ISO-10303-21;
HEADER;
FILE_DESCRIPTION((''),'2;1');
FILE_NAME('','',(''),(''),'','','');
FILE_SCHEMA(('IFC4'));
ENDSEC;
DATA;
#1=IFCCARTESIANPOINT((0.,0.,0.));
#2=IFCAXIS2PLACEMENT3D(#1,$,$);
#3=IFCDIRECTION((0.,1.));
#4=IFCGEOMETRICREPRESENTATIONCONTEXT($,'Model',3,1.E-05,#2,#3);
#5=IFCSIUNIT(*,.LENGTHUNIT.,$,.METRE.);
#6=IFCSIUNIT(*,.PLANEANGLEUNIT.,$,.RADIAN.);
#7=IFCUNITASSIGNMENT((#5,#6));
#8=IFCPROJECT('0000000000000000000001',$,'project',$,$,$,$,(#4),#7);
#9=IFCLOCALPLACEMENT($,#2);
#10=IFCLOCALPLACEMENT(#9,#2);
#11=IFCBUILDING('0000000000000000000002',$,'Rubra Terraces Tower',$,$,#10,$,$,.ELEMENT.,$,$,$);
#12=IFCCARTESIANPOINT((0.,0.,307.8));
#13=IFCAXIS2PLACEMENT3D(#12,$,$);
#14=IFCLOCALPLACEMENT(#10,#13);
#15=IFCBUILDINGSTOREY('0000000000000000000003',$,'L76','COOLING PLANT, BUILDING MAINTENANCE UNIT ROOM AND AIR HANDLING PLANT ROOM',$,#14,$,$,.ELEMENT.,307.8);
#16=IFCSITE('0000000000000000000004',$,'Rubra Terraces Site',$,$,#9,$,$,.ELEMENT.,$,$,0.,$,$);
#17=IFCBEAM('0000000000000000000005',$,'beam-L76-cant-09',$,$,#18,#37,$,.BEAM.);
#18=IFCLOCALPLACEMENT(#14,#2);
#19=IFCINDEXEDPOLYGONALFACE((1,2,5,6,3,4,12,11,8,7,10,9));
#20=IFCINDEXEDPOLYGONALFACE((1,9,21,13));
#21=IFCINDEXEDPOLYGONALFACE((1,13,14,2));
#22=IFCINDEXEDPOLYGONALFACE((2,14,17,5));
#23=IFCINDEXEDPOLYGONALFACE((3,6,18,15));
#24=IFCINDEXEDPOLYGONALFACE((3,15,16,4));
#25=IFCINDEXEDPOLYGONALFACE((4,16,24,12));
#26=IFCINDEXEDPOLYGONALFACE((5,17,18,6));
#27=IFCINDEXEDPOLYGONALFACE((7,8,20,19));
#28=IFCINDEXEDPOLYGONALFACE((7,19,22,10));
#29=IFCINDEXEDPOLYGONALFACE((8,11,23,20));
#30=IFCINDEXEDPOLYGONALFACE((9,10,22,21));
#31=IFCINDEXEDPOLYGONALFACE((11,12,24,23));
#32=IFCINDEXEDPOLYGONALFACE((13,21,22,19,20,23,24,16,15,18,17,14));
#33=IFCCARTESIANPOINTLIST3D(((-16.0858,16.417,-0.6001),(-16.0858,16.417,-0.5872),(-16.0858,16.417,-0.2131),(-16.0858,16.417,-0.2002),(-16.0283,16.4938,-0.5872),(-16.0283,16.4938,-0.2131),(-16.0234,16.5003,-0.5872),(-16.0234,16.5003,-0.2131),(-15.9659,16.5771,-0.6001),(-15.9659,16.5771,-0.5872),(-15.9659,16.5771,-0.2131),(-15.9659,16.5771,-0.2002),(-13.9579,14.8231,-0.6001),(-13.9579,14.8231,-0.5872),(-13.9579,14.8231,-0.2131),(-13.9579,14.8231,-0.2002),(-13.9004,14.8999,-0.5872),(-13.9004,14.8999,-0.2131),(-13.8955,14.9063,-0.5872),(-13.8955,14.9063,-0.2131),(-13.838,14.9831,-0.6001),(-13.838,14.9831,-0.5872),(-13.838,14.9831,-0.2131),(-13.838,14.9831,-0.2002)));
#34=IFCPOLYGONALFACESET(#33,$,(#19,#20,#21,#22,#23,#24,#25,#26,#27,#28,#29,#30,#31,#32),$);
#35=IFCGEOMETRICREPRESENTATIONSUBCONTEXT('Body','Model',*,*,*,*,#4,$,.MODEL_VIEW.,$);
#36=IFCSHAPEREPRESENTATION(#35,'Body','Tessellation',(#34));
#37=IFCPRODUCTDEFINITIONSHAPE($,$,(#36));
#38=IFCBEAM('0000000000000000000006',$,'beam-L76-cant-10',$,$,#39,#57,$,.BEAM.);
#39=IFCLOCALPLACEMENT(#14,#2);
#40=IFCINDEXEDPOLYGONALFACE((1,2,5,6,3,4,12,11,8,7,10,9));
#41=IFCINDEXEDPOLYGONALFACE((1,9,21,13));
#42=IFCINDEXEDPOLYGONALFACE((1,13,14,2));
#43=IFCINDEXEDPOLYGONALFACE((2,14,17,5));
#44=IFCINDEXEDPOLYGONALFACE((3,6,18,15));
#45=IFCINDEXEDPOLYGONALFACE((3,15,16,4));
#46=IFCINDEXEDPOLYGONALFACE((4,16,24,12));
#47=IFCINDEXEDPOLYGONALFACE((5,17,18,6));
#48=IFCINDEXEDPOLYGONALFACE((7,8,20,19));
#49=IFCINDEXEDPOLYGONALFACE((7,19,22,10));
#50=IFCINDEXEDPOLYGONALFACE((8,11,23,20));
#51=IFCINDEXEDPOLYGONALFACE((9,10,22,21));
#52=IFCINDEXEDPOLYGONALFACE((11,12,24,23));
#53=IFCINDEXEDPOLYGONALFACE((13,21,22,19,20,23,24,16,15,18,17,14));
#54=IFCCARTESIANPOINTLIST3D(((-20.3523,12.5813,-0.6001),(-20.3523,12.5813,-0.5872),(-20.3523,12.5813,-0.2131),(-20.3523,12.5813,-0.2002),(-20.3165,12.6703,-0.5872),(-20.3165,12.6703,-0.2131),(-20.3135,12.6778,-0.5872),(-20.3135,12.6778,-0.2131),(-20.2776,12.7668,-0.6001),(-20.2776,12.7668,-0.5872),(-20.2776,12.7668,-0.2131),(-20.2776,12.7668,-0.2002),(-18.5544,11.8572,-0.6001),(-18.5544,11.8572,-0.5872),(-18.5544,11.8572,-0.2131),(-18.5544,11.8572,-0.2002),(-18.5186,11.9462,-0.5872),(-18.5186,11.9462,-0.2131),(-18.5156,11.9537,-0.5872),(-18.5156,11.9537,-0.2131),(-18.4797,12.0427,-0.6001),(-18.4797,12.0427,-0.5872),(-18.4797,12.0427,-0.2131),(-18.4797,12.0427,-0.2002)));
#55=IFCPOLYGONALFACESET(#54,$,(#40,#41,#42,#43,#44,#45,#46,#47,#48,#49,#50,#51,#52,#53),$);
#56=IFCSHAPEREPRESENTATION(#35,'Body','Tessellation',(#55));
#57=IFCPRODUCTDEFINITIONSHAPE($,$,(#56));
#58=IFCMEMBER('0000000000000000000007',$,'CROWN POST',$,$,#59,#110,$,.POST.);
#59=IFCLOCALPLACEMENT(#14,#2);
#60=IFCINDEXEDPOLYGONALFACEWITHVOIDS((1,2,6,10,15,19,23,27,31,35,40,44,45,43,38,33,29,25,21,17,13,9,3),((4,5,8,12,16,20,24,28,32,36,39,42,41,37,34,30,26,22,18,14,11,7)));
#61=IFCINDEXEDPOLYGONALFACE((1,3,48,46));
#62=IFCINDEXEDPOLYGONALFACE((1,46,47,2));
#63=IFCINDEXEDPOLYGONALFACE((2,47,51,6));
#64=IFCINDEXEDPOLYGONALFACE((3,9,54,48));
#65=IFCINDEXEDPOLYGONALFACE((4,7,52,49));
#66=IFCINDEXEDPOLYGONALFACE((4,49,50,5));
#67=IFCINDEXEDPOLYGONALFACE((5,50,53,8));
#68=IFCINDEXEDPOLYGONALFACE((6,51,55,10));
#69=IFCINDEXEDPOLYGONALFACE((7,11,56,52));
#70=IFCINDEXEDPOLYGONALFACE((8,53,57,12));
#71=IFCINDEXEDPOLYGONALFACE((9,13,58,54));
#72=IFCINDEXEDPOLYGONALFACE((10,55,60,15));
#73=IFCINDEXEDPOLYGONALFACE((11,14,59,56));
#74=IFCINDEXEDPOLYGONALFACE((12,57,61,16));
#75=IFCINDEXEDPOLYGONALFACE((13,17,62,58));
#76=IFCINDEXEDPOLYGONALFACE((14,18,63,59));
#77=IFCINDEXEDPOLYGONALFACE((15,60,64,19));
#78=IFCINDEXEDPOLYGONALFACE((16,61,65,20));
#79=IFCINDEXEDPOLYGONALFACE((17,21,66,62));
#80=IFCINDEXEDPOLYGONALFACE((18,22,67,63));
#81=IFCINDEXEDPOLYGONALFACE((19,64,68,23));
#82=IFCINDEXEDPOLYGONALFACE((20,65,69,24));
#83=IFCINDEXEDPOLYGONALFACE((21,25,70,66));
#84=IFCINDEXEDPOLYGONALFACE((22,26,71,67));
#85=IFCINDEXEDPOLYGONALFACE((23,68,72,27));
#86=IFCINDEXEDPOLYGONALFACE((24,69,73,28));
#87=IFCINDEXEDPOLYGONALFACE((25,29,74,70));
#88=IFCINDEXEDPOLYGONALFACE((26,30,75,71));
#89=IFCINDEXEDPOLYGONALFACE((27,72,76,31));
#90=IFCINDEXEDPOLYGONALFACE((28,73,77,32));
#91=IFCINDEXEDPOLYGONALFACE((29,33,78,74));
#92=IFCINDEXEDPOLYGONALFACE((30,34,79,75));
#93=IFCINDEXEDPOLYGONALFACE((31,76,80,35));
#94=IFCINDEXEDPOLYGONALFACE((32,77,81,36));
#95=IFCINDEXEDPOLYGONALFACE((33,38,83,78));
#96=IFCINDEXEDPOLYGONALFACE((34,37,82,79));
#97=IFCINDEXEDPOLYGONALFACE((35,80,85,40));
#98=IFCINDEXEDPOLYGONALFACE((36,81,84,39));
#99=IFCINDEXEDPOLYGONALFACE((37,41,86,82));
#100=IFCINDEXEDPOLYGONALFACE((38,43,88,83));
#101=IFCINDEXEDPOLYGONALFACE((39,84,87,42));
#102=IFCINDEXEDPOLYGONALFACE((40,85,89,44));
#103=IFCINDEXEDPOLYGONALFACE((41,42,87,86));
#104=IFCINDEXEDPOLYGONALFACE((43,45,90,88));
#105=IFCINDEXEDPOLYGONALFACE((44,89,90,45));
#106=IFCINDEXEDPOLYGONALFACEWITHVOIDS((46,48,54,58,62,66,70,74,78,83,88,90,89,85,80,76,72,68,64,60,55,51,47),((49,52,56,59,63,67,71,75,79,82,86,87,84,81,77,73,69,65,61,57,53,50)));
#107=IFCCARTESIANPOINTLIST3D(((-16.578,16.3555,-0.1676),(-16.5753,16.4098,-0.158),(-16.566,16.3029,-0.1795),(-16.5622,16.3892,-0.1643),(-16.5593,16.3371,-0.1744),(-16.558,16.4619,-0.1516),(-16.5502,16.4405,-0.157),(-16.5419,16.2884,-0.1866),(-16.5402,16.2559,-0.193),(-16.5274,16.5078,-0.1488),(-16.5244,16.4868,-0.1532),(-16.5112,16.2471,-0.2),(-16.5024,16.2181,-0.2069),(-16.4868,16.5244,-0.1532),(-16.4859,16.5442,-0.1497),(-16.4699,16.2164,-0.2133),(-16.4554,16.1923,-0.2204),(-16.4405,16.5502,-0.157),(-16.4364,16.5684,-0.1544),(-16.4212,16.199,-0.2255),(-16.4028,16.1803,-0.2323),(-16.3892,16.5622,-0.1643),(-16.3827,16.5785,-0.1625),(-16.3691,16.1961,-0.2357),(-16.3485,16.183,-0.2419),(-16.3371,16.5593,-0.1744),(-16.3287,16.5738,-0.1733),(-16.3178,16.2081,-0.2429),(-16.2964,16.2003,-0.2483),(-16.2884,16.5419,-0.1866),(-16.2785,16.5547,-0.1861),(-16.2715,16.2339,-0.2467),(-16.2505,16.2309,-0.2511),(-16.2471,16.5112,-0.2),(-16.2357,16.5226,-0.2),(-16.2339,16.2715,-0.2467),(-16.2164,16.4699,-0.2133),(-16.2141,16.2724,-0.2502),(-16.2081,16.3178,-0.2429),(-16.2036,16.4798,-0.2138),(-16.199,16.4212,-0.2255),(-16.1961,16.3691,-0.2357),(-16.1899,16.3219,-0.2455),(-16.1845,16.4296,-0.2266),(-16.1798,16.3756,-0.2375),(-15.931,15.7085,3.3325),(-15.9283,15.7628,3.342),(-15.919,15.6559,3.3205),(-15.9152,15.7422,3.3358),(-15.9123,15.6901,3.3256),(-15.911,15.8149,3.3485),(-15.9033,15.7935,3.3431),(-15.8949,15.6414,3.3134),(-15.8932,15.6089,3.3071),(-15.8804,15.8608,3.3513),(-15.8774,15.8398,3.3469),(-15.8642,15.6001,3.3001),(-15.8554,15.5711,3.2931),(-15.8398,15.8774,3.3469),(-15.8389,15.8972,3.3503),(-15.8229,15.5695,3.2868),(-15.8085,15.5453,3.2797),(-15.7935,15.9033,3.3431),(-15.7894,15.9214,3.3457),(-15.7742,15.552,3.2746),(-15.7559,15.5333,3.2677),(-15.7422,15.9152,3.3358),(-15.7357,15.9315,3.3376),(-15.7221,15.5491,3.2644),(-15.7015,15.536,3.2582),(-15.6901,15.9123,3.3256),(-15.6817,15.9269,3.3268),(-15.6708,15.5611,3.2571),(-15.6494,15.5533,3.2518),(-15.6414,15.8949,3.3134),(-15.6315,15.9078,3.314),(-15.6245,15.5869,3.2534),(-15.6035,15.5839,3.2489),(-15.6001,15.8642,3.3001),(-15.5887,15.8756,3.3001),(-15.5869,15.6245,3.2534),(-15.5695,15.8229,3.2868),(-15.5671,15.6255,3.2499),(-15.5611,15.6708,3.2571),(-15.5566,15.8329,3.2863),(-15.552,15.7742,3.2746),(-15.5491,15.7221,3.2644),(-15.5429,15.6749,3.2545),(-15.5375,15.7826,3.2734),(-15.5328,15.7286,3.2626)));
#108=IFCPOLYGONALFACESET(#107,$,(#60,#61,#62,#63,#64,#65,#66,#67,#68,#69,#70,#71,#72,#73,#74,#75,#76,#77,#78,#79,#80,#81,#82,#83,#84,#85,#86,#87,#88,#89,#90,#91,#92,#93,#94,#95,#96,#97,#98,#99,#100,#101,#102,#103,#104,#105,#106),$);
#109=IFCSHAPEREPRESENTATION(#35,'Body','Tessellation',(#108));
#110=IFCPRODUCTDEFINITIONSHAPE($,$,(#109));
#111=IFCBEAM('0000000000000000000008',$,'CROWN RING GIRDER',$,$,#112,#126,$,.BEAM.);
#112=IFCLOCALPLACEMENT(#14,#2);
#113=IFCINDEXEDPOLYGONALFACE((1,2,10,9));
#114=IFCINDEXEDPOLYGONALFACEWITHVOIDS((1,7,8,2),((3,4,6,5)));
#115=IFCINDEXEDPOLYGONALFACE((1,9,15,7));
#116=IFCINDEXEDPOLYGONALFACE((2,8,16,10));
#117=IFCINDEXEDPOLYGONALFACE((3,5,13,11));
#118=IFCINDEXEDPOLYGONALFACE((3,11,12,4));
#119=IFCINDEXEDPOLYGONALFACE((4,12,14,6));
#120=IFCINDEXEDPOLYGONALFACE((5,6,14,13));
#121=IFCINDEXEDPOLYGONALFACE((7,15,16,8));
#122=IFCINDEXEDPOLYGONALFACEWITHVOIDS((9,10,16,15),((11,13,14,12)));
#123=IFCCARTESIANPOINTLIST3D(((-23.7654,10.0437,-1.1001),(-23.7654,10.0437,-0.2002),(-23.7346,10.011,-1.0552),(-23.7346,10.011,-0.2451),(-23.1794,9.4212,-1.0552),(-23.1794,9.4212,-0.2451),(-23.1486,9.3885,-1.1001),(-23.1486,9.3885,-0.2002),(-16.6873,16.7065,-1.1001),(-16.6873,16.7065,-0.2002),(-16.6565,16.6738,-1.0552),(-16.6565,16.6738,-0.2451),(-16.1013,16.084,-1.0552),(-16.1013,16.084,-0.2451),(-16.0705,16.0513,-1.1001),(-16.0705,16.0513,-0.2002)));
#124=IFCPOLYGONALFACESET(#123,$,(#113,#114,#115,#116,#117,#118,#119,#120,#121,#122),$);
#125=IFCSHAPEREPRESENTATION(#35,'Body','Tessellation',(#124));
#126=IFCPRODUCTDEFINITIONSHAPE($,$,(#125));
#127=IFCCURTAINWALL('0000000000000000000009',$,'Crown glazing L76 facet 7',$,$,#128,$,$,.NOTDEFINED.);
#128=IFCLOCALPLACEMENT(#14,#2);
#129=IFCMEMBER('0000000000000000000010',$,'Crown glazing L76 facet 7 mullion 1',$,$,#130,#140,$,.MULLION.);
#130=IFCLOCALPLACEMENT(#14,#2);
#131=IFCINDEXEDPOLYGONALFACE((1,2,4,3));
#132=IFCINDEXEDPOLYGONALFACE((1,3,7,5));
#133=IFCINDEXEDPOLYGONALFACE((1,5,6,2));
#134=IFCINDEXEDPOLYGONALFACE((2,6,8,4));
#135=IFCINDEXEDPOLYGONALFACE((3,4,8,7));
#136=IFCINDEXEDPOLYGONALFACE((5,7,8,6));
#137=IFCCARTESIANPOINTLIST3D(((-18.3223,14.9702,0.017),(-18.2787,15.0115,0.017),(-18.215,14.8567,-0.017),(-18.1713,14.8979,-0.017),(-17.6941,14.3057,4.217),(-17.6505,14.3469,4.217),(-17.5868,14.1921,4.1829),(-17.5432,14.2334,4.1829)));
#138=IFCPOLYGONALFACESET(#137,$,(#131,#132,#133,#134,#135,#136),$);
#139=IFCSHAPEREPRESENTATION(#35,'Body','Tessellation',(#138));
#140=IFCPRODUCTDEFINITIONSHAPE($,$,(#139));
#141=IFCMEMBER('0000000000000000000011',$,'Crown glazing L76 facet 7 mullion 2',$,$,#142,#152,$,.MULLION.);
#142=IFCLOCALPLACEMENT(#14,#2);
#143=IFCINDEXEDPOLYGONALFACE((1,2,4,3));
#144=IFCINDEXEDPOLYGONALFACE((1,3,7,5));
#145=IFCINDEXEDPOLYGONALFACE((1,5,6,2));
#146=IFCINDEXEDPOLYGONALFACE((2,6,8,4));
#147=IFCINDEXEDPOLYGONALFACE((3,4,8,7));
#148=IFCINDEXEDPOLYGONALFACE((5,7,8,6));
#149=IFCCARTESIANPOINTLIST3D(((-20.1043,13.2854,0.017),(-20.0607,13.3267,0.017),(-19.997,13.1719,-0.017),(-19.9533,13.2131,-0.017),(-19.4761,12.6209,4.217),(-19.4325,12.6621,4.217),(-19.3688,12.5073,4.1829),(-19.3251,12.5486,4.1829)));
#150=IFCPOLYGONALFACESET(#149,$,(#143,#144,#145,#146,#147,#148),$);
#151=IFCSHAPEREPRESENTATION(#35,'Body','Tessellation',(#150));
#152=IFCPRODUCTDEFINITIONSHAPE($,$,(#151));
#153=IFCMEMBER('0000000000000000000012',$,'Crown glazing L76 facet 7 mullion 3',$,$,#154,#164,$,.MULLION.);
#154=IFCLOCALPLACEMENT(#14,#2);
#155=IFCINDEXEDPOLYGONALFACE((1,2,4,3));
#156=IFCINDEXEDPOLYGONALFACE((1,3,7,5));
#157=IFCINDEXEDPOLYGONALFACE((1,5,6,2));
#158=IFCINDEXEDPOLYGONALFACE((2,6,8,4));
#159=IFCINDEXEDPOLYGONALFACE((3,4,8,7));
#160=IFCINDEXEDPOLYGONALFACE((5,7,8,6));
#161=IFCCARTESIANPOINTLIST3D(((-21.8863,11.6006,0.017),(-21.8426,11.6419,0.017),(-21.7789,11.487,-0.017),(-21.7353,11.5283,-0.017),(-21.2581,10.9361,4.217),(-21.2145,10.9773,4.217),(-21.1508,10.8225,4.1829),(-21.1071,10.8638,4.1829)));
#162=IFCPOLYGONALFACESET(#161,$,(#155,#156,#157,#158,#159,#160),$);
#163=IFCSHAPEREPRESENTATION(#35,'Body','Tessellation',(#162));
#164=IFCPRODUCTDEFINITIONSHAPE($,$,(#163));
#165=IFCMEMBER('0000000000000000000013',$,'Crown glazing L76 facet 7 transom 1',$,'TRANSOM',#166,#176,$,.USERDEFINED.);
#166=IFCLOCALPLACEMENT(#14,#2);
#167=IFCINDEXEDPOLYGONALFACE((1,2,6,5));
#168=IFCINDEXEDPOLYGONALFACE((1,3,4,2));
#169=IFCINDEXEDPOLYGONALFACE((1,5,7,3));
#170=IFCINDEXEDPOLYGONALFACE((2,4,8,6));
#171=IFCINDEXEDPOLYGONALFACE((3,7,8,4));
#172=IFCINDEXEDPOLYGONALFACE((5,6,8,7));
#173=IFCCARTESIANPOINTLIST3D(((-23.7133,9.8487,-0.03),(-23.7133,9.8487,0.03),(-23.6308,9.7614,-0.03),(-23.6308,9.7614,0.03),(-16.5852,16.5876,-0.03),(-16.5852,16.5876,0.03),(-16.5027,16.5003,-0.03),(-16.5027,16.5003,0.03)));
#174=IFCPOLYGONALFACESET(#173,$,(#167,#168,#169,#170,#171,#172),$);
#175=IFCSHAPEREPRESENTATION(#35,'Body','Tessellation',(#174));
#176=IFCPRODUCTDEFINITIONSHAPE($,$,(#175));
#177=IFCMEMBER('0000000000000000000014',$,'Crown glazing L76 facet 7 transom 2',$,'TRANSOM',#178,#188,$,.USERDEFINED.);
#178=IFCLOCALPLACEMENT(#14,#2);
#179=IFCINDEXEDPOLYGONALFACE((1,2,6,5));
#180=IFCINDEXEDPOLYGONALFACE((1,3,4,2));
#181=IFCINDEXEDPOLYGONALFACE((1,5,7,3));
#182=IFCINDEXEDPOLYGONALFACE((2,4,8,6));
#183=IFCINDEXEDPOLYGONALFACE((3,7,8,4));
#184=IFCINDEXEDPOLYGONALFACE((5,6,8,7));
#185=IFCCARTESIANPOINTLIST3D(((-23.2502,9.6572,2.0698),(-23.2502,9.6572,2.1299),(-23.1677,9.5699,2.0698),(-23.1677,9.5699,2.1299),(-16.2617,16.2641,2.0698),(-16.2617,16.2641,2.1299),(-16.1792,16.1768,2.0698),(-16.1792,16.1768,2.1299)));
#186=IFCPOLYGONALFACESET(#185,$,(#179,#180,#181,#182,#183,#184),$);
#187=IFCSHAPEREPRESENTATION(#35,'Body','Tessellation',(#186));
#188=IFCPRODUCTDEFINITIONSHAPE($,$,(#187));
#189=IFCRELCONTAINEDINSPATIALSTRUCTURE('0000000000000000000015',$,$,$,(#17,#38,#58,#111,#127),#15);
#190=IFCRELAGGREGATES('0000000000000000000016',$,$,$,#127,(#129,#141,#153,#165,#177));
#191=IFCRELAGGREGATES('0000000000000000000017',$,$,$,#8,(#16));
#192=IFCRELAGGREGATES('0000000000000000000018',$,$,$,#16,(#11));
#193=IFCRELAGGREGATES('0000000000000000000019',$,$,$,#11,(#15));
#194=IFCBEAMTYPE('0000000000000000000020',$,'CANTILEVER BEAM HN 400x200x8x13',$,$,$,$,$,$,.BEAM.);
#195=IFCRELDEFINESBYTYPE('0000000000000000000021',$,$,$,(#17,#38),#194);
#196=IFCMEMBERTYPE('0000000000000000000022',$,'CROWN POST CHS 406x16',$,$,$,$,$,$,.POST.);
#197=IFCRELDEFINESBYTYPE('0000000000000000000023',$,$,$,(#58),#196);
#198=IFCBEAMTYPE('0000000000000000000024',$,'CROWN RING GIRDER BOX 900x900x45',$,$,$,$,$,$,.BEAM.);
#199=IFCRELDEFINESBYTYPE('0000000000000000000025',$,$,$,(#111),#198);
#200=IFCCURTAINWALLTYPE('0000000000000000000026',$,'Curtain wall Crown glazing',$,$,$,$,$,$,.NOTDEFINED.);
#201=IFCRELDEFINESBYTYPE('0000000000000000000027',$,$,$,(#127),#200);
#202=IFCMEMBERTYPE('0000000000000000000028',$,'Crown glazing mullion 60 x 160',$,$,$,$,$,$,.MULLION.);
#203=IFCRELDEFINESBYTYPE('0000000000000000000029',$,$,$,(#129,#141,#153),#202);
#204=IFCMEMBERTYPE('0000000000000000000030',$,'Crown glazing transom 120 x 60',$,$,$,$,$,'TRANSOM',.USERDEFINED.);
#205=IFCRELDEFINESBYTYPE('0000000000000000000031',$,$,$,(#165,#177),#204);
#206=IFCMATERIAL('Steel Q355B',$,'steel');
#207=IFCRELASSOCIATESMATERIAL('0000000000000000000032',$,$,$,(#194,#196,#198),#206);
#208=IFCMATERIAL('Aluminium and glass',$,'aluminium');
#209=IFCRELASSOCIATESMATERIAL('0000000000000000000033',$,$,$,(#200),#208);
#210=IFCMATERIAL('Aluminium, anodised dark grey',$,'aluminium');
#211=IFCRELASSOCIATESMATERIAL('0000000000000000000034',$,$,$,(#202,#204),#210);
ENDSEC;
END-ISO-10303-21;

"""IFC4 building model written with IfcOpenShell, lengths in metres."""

from ifc_helpers import new_model, si_unit, direction, frame, origin, origin_2d, place, context, subcontext, project, spatial, rectangle, hollow_rectangle, hollow_circle, i_section, extrude, material, material_profile, profile_set, type_object, element, aggregate, save


model = new_model("IFC4")

# Units and contexts
model_context = context("Model", 3, precision=1e-05, world=origin(), true_north=direction((0.0, 1.0)))
body_context = subcontext(model_context, "Body", "Model", "MODEL_VIEW")
ifc_project = project(units=[si_unit("LENGTHUNIT", "METRE"), si_unit("PLANEANGLEUNIT", "RADIAN")], contexts=[model_context])

# Site, building, storey
site_placement = place(None, origin())
site = spatial("IfcSite", under=ifc_project, at=site_placement, Name="Rubra Terraces Site", CompositionType="ELEMENT", RefElevation=0.0)
building_placement = place(site_placement, origin())
building = spatial("IfcBuilding", under=site, at=building_placement, Name="Rubra Terraces Tower", CompositionType="ELEMENT")
storey_placement = place(building_placement, frame((0.0, 0.0, 307.8)))
storey = spatial("IfcBuildingStorey", under=building, at=storey_placement, Name="L76", Description="COOLING PLANT, BUILDING MAINTENANCE UNIT ROOM AND AIR HANDLING PLANT ROOM", CompositionType="ELEMENT", Elevation=307.8)

# Beams
ifc_material_1 = material(Name="Steel Q355B", Category="steel")
ifc_material_profile_1 = material_profile(ifc_material_1, i_section(OverallWidth=0.2, OverallDepth=0.3999, WebThickness=0.0081, FlangeThickness=0.0129, at=origin_2d()), Name="HN 400x200x8x13")
ifc_profile_set_1 = profile_set([ifc_material_profile_1], Name="Steel Q355B")
beam_type_1 = type_object("IfcBeamType", Name="CANTILEVER BEAM HN 400x200x8x13", PredefinedType="BEAM", material=ifc_profile_set_1)
beam_1_placement = place(storey_placement, frame((-13.8979, 14.9031, -0.4001), z_axis=(-0.800352, 0.59953, 0.0), x_axis=(-0.59953, -0.800352, 0.0)))
element("IfcBeam", 1, at=beam_1_placement, inside=storey, type_object=beam_type_1, Name="beam-L76-cant-09", PredefinedType="BEAM", context=body_context, shape_type="SweptSolid", body=[
    extrude(i_section(OverallWidth=0.2, OverallDepth=0.3999, WebThickness=0.0081, FlangeThickness=0.0129, at=origin_2d()), origin(), (0.0, 0.0, 1.0), 2.6587),
])
beam_2_placement = place(storey_placement, frame((-18.5171, 11.95, -0.4001), z_axis=(-0.927588, 0.373605, 0.0), x_axis=(-0.373605, -0.927588, 0.0)))
element("IfcBeam", 2, at=beam_2_placement, inside=storey, type_object=beam_type_1, Name="beam-L76-cant-10", PredefinedType="BEAM", context=body_context, shape_type="SweptSolid", body=[
    extrude(i_section(OverallWidth=0.2, OverallDepth=0.3999, WebThickness=0.0081, FlangeThickness=0.0129, at=origin_2d()), origin(), (0.0, 0.0, 1.0), 1.9382),
])

# Member
ifc_material_profile_2 = material_profile(ifc_material_1, hollow_circle(Radius=0.2029, WallThickness=0.0161, at=origin_2d()), Name="CHS 406x16")
ifc_profile_set_2 = profile_set([ifc_material_profile_2], Name="Steel Q355B")
member_type_1 = type_object("IfcMemberType", Name="CROWN POST CHS 406x16", PredefinedType="POST", material=ifc_profile_set_2)
member_1_placement = place(storey_placement, frame((-16.3792, 16.3792, -0.2), z_axis=(0.178839, -0.178839, 0.967488), x_axis=(0.707107, 0.707107, 0.0)))
element("IfcMember", 3, at=member_1_placement, inside=storey, type_object=member_type_1, Name="CROWN POST", PredefinedType="POST", context=body_context, shape_type="SweptSolid", body=[
    extrude(hollow_circle(Radius=0.2029, WallThickness=0.0161, at=origin_2d()), origin(), (0.0, 0.0, 1.0), 3.6177),
])

# Beam
ifc_material_profile_3 = material_profile(ifc_material_1, hollow_rectangle(XDim=0.8999, YDim=0.8999, WallThickness=0.0449, at=origin_2d()), Name="BOX 900x900x45")
ifc_profile_set_3 = profile_set([ifc_material_profile_3], Name="Steel Q355B")
beam_type_2 = type_object("IfcBeamType", Name="CROWN RING GIRDER BOX 900x900x45", PredefinedType="BEAM", material=ifc_profile_set_3)
beam_3_placement = place(storey_placement, frame((-16.3789, 16.3789, -0.6501), z_axis=(-0.728145, -0.685423, 0.0), x_axis=(0.685423, -0.728145, 0.0)))
element("IfcBeam", 4, at=beam_3_placement, inside=storey, type_object=beam_type_2, Name="CROWN RING GIRDER", PredefinedType="BEAM", context=body_context, shape_type="SweptSolid", body=[
    extrude(hollow_rectangle(XDim=0.8999, YDim=0.8999, WallThickness=0.0449, at=origin_2d()), origin(), (0.0, 0.0, 1.0), 9.7207),
])

# Curtain wall, members
ifc_material_2 = material(Name="Aluminium and glass", Category="aluminium")
curtain_wall_type = type_object("IfcCurtainWallType", Name="Curtain wall Crown glazing", PredefinedType="NOTDEFINED", material=ifc_material_2)
curtain_wall_1_placement = place(storey_placement, origin())
curtain_wall_1 = element("IfcCurtainWall", 5, at=curtain_wall_1_placement, inside=storey, type_object=curtain_wall_type, Name="Crown glazing L76 facet 7", PredefinedType="NOTDEFINED")
ifc_material_3 = material(Name="Aluminium, anodised dark grey", Category="aluminium")
ifc_material_profile_4 = material_profile(ifc_material_3, rectangle(XDim=0.0601, YDim=0.1599, at=origin_2d()), Name="AL 60x160")
ifc_profile_set_4 = profile_set([ifc_material_profile_4], Name="Aluminium, anodised dark grey")
member_type_2 = type_object("IfcMemberType", Name="Crown glazing mullion 60 x 160", PredefinedType="MULLION", material=ifc_profile_set_4)
member_2_placement = place(storey_placement, frame((-18.2468, 14.9341, 0.0), z_axis=(0.146143, -0.154606, 0.977108), x_axis=(0.726717, 0.686937, 0.0)))
member_2 = element("IfcMember", 6, at=member_2_placement, type_object=member_type_2, Name="Crown glazing L76 facet 7 mullion 1", PredefinedType="MULLION", context=body_context, shape_type="SweptSolid", body=[
    extrude(rectangle(XDim=0.0601, YDim=0.1599, at=origin_2d()), origin(), (0.0, 0.0, 1.0), 4.2983),
])
member_3_placement = place(storey_placement, frame((-20.0288, 13.2493, 0.0), z_axis=(0.146143, -0.154606, 0.977108), x_axis=(0.726717, 0.686937, 0.0)))
member_3 = element("IfcMember", 7, at=member_3_placement, type_object=member_type_2, Name="Crown glazing L76 facet 7 mullion 2", PredefinedType="MULLION", context=body_context, shape_type="SweptSolid", body=[
    extrude(rectangle(XDim=0.0601, YDim=0.1599, at=origin_2d()), origin(), (0.0, 0.0, 1.0), 4.2983),
])
member_4_placement = place(storey_placement, frame((-21.8108, 11.5645, 0.0), z_axis=(0.146143, -0.154606, 0.977108), x_axis=(0.726717, 0.686937, 0.0)))
member_4 = element("IfcMember", 8, at=member_4_placement, type_object=member_type_2, Name="Crown glazing L76 facet 7 mullion 3", PredefinedType="MULLION", context=body_context, shape_type="SweptSolid", body=[
    extrude(rectangle(XDim=0.0601, YDim=0.1599, at=origin_2d()), origin(), (0.0, 0.0, 1.0), 4.2983),
])
ifc_material_profile_5 = material_profile(ifc_material_3, rectangle(XDim=0.1201, YDim=0.0601, at=origin_2d()), Name="AL 120x60")
ifc_profile_set_5 = profile_set([ifc_material_profile_5], Name="Aluminium, anodised dark grey")
member_type_3 = type_object("IfcMemberType", Name="Crown glazing transom 120 x 60", ElementType="TRANSOM", PredefinedType="USERDEFINED", material=ifc_profile_set_5)
member_5_placement = place(storey_placement, frame((-16.5439, 16.5439, 0.0), z_axis=(-0.726665, -0.686993, 0.0), x_axis=(0.686993, -0.726665, 0.0)))
member_5 = element("IfcMember", 9, at=member_5_placement, type_object=member_type_3, Name="Crown glazing L76 facet 7 transom 1", ObjectType="TRANSOM", PredefinedType="USERDEFINED", context=body_context, shape_type="SweptSolid", body=[
    extrude(rectangle(XDim=0.1201, YDim=0.0601, at=origin_2d()), origin(), (0.0, 0.0, 1.0), 9.8093),
])
member_6_placement = place(storey_placement, frame((-16.2205, 16.2205, 2.0999), z_axis=(-0.726667, -0.686989, 0.0), x_axis=(0.686989, -0.726667, 0.0)))
member_6 = element("IfcMember", 10, at=member_6_placement, type_object=member_type_3, Name="Crown glazing L76 facet 7 transom 2", ObjectType="TRANSOM", PredefinedType="USERDEFINED", context=body_context, shape_type="SweptSolid", body=[
    extrude(rectangle(XDim=0.1201, YDim=0.0601, at=origin_2d()), origin(), (0.0, 0.0, 1.0), 9.6172),
])

aggregate(curtain_wall_1, [member_2, member_3, member_4, member_5, member_6])

save(model, "model.ifc")
